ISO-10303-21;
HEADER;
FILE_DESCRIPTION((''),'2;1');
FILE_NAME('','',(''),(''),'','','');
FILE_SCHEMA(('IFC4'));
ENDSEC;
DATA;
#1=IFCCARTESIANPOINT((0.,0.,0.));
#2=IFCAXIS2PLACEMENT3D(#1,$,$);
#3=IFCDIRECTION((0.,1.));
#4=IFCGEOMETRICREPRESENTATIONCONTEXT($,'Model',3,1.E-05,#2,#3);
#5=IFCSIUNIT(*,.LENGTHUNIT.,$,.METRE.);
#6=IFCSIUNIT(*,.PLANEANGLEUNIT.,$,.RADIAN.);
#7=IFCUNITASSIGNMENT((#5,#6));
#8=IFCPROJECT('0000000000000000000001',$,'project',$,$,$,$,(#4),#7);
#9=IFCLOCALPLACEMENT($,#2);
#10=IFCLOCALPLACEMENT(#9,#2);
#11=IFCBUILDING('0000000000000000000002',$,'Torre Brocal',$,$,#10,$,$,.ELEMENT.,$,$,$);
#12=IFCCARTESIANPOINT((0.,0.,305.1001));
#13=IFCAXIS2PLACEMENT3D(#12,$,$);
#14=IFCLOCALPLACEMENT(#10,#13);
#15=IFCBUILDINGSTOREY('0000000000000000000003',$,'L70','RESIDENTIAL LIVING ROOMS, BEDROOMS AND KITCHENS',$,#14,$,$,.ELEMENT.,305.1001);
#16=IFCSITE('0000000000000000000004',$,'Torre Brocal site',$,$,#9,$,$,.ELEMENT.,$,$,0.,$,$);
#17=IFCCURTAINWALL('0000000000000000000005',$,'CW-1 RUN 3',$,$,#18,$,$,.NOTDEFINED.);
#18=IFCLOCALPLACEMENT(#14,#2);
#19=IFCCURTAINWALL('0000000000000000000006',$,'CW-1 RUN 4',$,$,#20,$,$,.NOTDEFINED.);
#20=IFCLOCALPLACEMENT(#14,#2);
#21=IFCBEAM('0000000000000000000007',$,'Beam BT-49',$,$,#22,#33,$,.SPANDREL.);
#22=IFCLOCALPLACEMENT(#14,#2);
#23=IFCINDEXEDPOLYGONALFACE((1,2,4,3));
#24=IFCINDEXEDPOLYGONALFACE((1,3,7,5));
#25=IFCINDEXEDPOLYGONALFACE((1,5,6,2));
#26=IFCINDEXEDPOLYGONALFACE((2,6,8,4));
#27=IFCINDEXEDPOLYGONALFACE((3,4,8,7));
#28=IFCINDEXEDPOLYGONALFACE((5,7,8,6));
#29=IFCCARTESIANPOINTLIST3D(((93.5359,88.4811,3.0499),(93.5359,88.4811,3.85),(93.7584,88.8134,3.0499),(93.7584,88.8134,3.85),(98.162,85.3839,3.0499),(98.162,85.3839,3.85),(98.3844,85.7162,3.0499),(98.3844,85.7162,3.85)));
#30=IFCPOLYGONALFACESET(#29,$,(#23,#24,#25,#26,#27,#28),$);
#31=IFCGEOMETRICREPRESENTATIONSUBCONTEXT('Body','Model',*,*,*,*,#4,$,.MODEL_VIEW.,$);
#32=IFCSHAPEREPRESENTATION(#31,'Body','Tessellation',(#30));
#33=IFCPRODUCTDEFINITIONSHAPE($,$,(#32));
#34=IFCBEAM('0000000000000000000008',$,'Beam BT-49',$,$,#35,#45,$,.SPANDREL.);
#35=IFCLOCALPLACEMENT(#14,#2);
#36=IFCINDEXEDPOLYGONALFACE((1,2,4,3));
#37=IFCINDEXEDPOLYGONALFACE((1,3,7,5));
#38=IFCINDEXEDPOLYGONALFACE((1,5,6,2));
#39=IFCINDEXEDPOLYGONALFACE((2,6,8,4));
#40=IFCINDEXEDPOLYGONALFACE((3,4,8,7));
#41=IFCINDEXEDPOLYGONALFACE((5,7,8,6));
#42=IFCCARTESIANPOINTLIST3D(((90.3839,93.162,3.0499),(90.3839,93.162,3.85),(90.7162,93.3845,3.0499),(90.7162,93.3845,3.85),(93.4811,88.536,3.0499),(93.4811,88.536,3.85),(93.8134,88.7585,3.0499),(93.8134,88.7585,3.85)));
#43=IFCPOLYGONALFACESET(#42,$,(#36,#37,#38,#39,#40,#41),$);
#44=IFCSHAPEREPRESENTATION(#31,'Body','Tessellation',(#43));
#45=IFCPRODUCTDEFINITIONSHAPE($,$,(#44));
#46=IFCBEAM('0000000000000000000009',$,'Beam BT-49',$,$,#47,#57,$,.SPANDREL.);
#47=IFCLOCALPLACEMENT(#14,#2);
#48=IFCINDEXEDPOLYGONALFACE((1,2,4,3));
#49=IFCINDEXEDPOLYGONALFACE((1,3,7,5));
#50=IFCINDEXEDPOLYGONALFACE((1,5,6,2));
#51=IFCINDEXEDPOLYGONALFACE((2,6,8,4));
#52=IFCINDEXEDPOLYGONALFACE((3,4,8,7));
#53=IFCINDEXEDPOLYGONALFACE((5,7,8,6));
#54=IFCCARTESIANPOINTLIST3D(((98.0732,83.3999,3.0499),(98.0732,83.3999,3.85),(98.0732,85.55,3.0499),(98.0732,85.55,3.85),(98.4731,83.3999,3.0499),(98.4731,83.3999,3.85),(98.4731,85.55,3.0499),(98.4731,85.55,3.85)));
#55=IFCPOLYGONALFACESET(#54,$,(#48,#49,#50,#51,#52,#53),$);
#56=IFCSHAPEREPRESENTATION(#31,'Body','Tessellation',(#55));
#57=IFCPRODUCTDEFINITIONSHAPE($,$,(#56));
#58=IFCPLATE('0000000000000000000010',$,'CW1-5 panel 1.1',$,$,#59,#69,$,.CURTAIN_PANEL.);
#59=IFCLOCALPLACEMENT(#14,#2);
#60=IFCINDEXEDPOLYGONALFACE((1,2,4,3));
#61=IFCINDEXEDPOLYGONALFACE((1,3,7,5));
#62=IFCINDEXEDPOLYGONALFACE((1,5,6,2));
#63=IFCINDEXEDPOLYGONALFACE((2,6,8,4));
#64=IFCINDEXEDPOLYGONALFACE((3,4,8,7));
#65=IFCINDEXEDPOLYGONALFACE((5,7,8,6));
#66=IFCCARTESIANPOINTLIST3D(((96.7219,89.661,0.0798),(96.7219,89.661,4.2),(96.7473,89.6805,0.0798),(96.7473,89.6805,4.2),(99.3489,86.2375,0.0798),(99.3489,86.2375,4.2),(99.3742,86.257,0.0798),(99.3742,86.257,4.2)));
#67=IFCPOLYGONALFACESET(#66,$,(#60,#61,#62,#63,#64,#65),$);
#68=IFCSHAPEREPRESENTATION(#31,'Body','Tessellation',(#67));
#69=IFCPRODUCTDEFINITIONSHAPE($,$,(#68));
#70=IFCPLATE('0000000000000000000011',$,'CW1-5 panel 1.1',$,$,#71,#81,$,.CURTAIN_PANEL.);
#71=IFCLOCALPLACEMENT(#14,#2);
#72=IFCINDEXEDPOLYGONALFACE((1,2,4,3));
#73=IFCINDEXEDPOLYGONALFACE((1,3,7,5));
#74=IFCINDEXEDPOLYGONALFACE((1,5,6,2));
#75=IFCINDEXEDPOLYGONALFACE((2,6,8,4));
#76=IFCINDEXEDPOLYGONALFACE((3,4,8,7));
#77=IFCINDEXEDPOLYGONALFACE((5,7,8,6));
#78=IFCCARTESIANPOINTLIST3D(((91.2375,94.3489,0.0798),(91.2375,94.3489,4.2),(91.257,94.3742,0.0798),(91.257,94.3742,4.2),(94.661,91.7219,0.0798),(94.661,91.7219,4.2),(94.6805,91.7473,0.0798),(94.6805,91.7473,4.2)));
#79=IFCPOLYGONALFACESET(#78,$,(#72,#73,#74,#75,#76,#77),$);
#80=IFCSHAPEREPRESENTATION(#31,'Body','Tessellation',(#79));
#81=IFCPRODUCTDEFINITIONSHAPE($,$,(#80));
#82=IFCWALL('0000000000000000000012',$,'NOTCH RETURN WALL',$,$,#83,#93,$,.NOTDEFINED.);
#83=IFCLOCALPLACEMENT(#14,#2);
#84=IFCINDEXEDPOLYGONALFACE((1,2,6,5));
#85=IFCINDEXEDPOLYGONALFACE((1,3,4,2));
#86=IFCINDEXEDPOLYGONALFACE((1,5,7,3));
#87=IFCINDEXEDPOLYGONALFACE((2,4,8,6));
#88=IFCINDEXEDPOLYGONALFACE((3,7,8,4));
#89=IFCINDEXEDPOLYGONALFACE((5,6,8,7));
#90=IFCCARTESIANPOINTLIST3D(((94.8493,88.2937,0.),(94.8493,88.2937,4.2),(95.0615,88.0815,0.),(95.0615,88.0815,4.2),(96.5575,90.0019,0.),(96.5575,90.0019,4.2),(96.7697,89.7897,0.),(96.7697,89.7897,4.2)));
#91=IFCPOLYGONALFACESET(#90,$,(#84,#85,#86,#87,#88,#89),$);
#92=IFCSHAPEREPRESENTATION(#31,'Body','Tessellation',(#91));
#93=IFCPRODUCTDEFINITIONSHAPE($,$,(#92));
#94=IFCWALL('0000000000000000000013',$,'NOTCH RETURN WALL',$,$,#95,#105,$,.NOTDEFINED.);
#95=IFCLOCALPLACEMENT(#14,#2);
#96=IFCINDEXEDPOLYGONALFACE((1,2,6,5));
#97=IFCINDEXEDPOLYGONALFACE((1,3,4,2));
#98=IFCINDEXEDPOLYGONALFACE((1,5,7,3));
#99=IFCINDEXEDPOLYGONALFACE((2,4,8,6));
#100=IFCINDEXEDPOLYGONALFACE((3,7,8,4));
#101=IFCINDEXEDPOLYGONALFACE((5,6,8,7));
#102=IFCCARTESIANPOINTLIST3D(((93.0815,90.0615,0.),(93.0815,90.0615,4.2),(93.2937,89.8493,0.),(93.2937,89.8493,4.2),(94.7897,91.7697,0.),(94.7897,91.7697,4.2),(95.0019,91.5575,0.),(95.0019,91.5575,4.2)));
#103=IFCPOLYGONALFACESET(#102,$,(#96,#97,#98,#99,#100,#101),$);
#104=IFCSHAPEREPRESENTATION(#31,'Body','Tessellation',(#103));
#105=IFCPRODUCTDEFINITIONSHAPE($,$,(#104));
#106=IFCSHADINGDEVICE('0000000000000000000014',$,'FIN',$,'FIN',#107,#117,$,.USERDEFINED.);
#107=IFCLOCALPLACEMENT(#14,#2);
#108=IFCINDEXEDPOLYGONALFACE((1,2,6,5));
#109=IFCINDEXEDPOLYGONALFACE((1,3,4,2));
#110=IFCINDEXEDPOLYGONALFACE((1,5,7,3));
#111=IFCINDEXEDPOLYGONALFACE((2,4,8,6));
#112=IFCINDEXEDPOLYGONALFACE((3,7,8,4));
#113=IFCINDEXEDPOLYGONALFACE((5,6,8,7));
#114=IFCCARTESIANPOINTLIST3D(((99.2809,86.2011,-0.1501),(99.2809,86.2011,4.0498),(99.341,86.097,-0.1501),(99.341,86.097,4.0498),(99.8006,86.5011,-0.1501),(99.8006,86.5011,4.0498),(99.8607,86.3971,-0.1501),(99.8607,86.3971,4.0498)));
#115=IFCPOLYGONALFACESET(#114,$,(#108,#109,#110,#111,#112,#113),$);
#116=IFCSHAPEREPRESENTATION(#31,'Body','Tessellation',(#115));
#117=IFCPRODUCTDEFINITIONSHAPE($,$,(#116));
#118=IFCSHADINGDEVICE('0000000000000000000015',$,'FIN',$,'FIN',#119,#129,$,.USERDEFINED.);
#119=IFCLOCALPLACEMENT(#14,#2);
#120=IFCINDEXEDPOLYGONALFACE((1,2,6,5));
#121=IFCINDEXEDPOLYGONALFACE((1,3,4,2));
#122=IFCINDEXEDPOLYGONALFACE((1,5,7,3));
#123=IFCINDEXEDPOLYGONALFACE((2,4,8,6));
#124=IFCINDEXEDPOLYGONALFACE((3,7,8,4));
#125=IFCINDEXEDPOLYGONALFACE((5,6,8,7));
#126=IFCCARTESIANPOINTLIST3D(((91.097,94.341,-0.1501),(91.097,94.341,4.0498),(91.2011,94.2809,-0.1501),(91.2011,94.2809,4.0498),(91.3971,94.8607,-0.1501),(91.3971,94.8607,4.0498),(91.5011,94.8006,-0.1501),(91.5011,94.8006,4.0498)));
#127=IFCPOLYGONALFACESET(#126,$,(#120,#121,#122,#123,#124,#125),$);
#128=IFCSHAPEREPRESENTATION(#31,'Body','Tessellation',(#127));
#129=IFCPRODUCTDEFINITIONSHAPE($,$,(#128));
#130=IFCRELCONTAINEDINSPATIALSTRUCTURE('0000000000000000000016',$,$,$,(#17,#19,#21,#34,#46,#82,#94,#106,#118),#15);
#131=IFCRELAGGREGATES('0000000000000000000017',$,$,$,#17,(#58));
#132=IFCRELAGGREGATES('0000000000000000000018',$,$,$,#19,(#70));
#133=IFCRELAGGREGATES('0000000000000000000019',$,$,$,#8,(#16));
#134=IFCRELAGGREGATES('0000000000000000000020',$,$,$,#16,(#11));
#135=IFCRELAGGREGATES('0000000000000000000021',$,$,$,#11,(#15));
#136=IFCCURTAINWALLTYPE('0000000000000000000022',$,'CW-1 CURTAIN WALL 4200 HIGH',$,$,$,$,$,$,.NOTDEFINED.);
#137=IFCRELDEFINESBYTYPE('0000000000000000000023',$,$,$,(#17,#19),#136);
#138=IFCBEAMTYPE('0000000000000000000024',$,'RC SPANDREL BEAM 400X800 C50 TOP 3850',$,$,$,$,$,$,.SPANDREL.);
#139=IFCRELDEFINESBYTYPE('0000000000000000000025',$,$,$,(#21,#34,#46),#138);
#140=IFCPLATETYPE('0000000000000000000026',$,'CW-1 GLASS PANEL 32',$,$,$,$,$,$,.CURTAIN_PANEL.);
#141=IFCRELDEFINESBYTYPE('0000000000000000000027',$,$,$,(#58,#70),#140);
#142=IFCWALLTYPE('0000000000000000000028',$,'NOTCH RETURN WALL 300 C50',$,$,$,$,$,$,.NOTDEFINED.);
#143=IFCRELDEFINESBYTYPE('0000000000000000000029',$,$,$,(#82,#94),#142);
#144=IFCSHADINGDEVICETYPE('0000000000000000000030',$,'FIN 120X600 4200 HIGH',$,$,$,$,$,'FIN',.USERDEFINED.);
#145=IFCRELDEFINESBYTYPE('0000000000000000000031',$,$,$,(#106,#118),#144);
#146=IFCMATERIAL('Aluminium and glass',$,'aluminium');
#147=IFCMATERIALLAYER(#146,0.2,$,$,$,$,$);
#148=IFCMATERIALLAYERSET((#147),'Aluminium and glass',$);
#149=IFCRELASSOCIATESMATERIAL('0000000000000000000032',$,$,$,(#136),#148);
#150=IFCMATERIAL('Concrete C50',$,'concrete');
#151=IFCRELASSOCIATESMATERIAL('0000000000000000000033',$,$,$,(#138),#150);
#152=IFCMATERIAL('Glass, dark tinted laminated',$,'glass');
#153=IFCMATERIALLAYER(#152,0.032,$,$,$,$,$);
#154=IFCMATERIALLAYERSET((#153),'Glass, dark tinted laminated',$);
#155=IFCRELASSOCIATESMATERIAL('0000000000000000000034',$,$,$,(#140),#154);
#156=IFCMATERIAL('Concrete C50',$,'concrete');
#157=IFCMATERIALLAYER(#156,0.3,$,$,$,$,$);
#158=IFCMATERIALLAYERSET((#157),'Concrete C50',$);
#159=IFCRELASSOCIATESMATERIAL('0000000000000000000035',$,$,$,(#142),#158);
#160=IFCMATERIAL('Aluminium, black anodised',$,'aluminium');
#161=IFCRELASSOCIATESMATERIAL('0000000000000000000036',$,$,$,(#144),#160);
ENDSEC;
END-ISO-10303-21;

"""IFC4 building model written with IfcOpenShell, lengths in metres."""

from ifc_helpers import new_model, si_unit, direction, frame, frame_2d, origin, origin_2d, place, context, subcontext, project, spatial, rectangle, extrude, material, layer, layer_set, material_profile, profile_set, type_object, element, aggregate, save


model = new_model("IFC4")

# Units and contexts
model_context = context("Model", 3, precision=1e-05, world=origin(), true_north=direction((0.0, 1.0)))
body_context = subcontext(model_context, "Body", "Model", "MODEL_VIEW")
ifc_project = project(units=[si_unit("LENGTHUNIT", "METRE"), si_unit("PLANEANGLEUNIT", "RADIAN")], contexts=[model_context])

# Site, building, storey
site_placement = place(None, origin())
site = spatial("IfcSite", under=ifc_project, at=site_placement, Name="Torre Brocal site", CompositionType="ELEMENT", RefElevation=0.0)
building_placement = place(site_placement, origin())
building = spatial("IfcBuilding", under=site, at=building_placement, Name="Torre Brocal", CompositionType="ELEMENT")
storey_placement = place(building_placement, frame((0.0, 0.0, 305.1001)))
storey = spatial("IfcBuildingStorey", under=building, at=storey_placement, Name="L70", Description="RESIDENTIAL LIVING ROOMS, BEDROOMS AND KITCHENS", CompositionType="ELEMENT", Elevation=305.1001)

# Shared definitions
ifc_material_1 = material(Name="Aluminium and glass", Category="aluminium")
ifc_layer_1 = layer(ifc_material_1, 0.2)
ifc_layer_set_1 = layer_set([ifc_layer_1], Name="Aluminium and glass")
curtain_wall_type = type_object("IfcCurtainWallType", Name="CW-1 CURTAIN WALL 4200 HIGH", PredefinedType="NOTDEFINED", material=ifc_layer_set_1)

# Curtain walls
curtain_wall_1_placement = place(storey_placement, origin())
curtain_wall_1 = element("IfcCurtainWall", 1, at=curtain_wall_1_placement, inside=storey, type_object=curtain_wall_type, Name="CW-1 RUN 3", PredefinedType="NOTDEFINED")
curtain_wall_2_placement = place(storey_placement, origin())
curtain_wall_2 = element("IfcCurtainWall", 2, at=curtain_wall_2_placement, inside=storey, type_object=curtain_wall_type, Name="CW-1 RUN 4", PredefinedType="NOTDEFINED")

# Beams
ifc_material_2 = material(Name="Concrete C50", Category="concrete")
ifc_material_profile_1 = material_profile(ifc_material_2, rectangle(XDim=0.3999, YDim=0.8, at=origin_2d()), Name="RC 400X800")
ifc_profile_set_1 = profile_set([ifc_material_profile_1], Name="Concrete C50")
beam_type_1 = type_object("IfcBeamType", Name="RC SPANDREL BEAM 400X800 C50 TOP 3850", PredefinedType="SPANDREL", material=ifc_profile_set_1)
for number, where, z_axis, x_axis, name in (
    (3, (98.2732, 85.55, 3.45), (-0.830956, 0.556339, 0.0), (-0.556339, -0.830956, 0.0), "Beam BT-49"),
    (4, (93.6472, 88.6472, 3.45), (-0.556339, 0.830956, 0.0), (-0.830956, -0.556339, 0.0), "Beam BT-49"),
):
    element("IfcBeam", number, at=place(storey_placement, frame(where, z_axis=z_axis, x_axis=x_axis)), inside=storey, type_object=beam_type_1, Name=name, PredefinedType="SPANDREL", context=body_context, shape_type="SweptSolid", body=[
        extrude(rectangle(XDim=0.3999, YDim=0.8, at=origin_2d()), origin(), (0.0, 0.0, 1.0), 5.5671),
    ])
beam_1_placement = place(storey_placement, frame((98.2732, 85.55, 3.45), z_axis=(0.0, -1.0, 0.0), x_axis=(1.0, 0.0, 0.0)))
element("IfcBeam", 5, at=beam_1_placement, inside=storey, type_object=beam_type_1, Name="Beam BT-49", PredefinedType="SPANDREL", context=body_context, shape_type="SweptSolid", body=[
    extrude(rectangle(XDim=0.3999, YDim=0.8, at=origin_2d()), origin(), (0.0, 0.0, 1.0), 2.1501),
])

# Plates
ifc_material_3 = material(Name="Glass, dark tinted laminated", Category="glass")
ifc_layer_2 = layer(ifc_material_3, 0.032)
ifc_layer_set_2 = layer_set([ifc_layer_2], Name="Glass, dark tinted laminated")
plate_type = type_object("IfcPlateType", Name="CW-1 GLASS PANEL 32", PredefinedType="CURTAIN_PANEL", material=ifc_layer_set_2)
plate_1_placement = place(storey_placement, frame((98.0481, 87.959, 0.0798), z_axis=(0.0, 0.0, 1.0), x_axis=(-0.608761, 0.793353, 0.0)))
plate_1 = element("IfcPlate", 6, at=plate_1_placement, type_object=plate_type, Name="CW1-5 panel 1.1", PredefinedType="CURTAIN_PANEL", context=body_context, shape_type="SweptSolid", body=[
    extrude(rectangle(XDim=4.3152, YDim=0.032, at=origin_2d()), origin(), (0.0, 0.0, 1.0), 4.1201),
])
aggregate(curtain_wall_1, [plate_1])
plate_2_placement = place(storey_placement, frame((92.959, 93.0481, 0.0798), z_axis=(0.0, 0.0, 1.0), x_axis=(-0.793353, 0.608761, 0.0)))
plate_2 = element("IfcPlate", 7, at=plate_2_placement, type_object=plate_type, Name="CW1-5 panel 1.1", PredefinedType="CURTAIN_PANEL", context=body_context, shape_type="SweptSolid", body=[
    extrude(rectangle(XDim=4.3152, YDim=0.032, at=origin_2d()), origin(), (0.0, 0.0, 1.0), 4.1201),
])
aggregate(curtain_wall_2, [plate_2])

# Walls
ifc_material_4 = material(Name="Concrete C50", Category="concrete")
ifc_layer_3 = layer(ifc_material_4, 0.3)
ifc_layer_set_3 = layer_set([ifc_layer_3], Name="Concrete C50")
wall_type = type_object("IfcWallType", Name="NOTCH RETURN WALL 300 C50", PredefinedType="NOTDEFINED", material=ifc_layer_set_3)
for number, where, z_axis, x_axis, name in (
    (8, (94.9553, 88.1875, 0.0), (0.0, 0.0, 1.0), (0.707107, 0.707107, 0.0), "NOTCH RETURN WALL"),
    (9, (93.1875, 89.9553, 0.0), (0.0, 0.0, 1.0), (0.707107, 0.707107, 0.0), "NOTCH RETURN WALL"),
):
    element("IfcWall", number, at=place(storey_placement, frame(where, z_axis=z_axis, x_axis=x_axis)), inside=storey, type_object=wall_type, Name=name, PredefinedType="NOTDEFINED", context=body_context, shape_type="SweptSolid", body=[
        extrude(rectangle(XDim=2.4158, YDim=0.3, at=frame_2d((1.208, 0.0))), origin(), (0.0, 0.0, 1.0), 4.2),
    ])

# Shading devices
ifc_material_5 = material(Name="Aluminium, black anodised", Category="aluminium")
ifc_material_profile_2 = material_profile(ifc_material_5, rectangle(XDim=0.1201, YDim=0.6001, at=origin_2d()), Name="FIN 120X600 4200 HIGH")
ifc_profile_set_2 = profile_set([ifc_material_profile_2], Name="Aluminium, black anodised")
shading_device_type = type_object("IfcShadingDeviceType", Name="FIN 120X600 4200 HIGH", ElementType="FIN", PredefinedType="USERDEFINED", material=ifc_profile_set_2)
for number, where, z_axis, x_axis, name in (
    (10, (99.5708, 86.2991, -0.1501), (0.0, 0.0, 1.0), (-0.5, 0.866025, 0.0), "FIN"),
    (11, (91.2991, 94.5708, -0.1501), (0.0, 0.0, 1.0), (-0.866025, 0.5, 0.0), "FIN"),
):
    element("IfcShadingDevice", number, at=place(storey_placement, frame(where, z_axis=z_axis, x_axis=x_axis)), inside=storey, type_object=shading_device_type, Name=name, ObjectType="FIN", PredefinedType="USERDEFINED", context=body_context, shape_type="SweptSolid", body=[
        extrude(rectangle(XDim=0.1201, YDim=0.6001, at=origin_2d()), origin(), (0.0, 0.0, 1.0), 4.2),
    ])

save(model, "model.ifc")
